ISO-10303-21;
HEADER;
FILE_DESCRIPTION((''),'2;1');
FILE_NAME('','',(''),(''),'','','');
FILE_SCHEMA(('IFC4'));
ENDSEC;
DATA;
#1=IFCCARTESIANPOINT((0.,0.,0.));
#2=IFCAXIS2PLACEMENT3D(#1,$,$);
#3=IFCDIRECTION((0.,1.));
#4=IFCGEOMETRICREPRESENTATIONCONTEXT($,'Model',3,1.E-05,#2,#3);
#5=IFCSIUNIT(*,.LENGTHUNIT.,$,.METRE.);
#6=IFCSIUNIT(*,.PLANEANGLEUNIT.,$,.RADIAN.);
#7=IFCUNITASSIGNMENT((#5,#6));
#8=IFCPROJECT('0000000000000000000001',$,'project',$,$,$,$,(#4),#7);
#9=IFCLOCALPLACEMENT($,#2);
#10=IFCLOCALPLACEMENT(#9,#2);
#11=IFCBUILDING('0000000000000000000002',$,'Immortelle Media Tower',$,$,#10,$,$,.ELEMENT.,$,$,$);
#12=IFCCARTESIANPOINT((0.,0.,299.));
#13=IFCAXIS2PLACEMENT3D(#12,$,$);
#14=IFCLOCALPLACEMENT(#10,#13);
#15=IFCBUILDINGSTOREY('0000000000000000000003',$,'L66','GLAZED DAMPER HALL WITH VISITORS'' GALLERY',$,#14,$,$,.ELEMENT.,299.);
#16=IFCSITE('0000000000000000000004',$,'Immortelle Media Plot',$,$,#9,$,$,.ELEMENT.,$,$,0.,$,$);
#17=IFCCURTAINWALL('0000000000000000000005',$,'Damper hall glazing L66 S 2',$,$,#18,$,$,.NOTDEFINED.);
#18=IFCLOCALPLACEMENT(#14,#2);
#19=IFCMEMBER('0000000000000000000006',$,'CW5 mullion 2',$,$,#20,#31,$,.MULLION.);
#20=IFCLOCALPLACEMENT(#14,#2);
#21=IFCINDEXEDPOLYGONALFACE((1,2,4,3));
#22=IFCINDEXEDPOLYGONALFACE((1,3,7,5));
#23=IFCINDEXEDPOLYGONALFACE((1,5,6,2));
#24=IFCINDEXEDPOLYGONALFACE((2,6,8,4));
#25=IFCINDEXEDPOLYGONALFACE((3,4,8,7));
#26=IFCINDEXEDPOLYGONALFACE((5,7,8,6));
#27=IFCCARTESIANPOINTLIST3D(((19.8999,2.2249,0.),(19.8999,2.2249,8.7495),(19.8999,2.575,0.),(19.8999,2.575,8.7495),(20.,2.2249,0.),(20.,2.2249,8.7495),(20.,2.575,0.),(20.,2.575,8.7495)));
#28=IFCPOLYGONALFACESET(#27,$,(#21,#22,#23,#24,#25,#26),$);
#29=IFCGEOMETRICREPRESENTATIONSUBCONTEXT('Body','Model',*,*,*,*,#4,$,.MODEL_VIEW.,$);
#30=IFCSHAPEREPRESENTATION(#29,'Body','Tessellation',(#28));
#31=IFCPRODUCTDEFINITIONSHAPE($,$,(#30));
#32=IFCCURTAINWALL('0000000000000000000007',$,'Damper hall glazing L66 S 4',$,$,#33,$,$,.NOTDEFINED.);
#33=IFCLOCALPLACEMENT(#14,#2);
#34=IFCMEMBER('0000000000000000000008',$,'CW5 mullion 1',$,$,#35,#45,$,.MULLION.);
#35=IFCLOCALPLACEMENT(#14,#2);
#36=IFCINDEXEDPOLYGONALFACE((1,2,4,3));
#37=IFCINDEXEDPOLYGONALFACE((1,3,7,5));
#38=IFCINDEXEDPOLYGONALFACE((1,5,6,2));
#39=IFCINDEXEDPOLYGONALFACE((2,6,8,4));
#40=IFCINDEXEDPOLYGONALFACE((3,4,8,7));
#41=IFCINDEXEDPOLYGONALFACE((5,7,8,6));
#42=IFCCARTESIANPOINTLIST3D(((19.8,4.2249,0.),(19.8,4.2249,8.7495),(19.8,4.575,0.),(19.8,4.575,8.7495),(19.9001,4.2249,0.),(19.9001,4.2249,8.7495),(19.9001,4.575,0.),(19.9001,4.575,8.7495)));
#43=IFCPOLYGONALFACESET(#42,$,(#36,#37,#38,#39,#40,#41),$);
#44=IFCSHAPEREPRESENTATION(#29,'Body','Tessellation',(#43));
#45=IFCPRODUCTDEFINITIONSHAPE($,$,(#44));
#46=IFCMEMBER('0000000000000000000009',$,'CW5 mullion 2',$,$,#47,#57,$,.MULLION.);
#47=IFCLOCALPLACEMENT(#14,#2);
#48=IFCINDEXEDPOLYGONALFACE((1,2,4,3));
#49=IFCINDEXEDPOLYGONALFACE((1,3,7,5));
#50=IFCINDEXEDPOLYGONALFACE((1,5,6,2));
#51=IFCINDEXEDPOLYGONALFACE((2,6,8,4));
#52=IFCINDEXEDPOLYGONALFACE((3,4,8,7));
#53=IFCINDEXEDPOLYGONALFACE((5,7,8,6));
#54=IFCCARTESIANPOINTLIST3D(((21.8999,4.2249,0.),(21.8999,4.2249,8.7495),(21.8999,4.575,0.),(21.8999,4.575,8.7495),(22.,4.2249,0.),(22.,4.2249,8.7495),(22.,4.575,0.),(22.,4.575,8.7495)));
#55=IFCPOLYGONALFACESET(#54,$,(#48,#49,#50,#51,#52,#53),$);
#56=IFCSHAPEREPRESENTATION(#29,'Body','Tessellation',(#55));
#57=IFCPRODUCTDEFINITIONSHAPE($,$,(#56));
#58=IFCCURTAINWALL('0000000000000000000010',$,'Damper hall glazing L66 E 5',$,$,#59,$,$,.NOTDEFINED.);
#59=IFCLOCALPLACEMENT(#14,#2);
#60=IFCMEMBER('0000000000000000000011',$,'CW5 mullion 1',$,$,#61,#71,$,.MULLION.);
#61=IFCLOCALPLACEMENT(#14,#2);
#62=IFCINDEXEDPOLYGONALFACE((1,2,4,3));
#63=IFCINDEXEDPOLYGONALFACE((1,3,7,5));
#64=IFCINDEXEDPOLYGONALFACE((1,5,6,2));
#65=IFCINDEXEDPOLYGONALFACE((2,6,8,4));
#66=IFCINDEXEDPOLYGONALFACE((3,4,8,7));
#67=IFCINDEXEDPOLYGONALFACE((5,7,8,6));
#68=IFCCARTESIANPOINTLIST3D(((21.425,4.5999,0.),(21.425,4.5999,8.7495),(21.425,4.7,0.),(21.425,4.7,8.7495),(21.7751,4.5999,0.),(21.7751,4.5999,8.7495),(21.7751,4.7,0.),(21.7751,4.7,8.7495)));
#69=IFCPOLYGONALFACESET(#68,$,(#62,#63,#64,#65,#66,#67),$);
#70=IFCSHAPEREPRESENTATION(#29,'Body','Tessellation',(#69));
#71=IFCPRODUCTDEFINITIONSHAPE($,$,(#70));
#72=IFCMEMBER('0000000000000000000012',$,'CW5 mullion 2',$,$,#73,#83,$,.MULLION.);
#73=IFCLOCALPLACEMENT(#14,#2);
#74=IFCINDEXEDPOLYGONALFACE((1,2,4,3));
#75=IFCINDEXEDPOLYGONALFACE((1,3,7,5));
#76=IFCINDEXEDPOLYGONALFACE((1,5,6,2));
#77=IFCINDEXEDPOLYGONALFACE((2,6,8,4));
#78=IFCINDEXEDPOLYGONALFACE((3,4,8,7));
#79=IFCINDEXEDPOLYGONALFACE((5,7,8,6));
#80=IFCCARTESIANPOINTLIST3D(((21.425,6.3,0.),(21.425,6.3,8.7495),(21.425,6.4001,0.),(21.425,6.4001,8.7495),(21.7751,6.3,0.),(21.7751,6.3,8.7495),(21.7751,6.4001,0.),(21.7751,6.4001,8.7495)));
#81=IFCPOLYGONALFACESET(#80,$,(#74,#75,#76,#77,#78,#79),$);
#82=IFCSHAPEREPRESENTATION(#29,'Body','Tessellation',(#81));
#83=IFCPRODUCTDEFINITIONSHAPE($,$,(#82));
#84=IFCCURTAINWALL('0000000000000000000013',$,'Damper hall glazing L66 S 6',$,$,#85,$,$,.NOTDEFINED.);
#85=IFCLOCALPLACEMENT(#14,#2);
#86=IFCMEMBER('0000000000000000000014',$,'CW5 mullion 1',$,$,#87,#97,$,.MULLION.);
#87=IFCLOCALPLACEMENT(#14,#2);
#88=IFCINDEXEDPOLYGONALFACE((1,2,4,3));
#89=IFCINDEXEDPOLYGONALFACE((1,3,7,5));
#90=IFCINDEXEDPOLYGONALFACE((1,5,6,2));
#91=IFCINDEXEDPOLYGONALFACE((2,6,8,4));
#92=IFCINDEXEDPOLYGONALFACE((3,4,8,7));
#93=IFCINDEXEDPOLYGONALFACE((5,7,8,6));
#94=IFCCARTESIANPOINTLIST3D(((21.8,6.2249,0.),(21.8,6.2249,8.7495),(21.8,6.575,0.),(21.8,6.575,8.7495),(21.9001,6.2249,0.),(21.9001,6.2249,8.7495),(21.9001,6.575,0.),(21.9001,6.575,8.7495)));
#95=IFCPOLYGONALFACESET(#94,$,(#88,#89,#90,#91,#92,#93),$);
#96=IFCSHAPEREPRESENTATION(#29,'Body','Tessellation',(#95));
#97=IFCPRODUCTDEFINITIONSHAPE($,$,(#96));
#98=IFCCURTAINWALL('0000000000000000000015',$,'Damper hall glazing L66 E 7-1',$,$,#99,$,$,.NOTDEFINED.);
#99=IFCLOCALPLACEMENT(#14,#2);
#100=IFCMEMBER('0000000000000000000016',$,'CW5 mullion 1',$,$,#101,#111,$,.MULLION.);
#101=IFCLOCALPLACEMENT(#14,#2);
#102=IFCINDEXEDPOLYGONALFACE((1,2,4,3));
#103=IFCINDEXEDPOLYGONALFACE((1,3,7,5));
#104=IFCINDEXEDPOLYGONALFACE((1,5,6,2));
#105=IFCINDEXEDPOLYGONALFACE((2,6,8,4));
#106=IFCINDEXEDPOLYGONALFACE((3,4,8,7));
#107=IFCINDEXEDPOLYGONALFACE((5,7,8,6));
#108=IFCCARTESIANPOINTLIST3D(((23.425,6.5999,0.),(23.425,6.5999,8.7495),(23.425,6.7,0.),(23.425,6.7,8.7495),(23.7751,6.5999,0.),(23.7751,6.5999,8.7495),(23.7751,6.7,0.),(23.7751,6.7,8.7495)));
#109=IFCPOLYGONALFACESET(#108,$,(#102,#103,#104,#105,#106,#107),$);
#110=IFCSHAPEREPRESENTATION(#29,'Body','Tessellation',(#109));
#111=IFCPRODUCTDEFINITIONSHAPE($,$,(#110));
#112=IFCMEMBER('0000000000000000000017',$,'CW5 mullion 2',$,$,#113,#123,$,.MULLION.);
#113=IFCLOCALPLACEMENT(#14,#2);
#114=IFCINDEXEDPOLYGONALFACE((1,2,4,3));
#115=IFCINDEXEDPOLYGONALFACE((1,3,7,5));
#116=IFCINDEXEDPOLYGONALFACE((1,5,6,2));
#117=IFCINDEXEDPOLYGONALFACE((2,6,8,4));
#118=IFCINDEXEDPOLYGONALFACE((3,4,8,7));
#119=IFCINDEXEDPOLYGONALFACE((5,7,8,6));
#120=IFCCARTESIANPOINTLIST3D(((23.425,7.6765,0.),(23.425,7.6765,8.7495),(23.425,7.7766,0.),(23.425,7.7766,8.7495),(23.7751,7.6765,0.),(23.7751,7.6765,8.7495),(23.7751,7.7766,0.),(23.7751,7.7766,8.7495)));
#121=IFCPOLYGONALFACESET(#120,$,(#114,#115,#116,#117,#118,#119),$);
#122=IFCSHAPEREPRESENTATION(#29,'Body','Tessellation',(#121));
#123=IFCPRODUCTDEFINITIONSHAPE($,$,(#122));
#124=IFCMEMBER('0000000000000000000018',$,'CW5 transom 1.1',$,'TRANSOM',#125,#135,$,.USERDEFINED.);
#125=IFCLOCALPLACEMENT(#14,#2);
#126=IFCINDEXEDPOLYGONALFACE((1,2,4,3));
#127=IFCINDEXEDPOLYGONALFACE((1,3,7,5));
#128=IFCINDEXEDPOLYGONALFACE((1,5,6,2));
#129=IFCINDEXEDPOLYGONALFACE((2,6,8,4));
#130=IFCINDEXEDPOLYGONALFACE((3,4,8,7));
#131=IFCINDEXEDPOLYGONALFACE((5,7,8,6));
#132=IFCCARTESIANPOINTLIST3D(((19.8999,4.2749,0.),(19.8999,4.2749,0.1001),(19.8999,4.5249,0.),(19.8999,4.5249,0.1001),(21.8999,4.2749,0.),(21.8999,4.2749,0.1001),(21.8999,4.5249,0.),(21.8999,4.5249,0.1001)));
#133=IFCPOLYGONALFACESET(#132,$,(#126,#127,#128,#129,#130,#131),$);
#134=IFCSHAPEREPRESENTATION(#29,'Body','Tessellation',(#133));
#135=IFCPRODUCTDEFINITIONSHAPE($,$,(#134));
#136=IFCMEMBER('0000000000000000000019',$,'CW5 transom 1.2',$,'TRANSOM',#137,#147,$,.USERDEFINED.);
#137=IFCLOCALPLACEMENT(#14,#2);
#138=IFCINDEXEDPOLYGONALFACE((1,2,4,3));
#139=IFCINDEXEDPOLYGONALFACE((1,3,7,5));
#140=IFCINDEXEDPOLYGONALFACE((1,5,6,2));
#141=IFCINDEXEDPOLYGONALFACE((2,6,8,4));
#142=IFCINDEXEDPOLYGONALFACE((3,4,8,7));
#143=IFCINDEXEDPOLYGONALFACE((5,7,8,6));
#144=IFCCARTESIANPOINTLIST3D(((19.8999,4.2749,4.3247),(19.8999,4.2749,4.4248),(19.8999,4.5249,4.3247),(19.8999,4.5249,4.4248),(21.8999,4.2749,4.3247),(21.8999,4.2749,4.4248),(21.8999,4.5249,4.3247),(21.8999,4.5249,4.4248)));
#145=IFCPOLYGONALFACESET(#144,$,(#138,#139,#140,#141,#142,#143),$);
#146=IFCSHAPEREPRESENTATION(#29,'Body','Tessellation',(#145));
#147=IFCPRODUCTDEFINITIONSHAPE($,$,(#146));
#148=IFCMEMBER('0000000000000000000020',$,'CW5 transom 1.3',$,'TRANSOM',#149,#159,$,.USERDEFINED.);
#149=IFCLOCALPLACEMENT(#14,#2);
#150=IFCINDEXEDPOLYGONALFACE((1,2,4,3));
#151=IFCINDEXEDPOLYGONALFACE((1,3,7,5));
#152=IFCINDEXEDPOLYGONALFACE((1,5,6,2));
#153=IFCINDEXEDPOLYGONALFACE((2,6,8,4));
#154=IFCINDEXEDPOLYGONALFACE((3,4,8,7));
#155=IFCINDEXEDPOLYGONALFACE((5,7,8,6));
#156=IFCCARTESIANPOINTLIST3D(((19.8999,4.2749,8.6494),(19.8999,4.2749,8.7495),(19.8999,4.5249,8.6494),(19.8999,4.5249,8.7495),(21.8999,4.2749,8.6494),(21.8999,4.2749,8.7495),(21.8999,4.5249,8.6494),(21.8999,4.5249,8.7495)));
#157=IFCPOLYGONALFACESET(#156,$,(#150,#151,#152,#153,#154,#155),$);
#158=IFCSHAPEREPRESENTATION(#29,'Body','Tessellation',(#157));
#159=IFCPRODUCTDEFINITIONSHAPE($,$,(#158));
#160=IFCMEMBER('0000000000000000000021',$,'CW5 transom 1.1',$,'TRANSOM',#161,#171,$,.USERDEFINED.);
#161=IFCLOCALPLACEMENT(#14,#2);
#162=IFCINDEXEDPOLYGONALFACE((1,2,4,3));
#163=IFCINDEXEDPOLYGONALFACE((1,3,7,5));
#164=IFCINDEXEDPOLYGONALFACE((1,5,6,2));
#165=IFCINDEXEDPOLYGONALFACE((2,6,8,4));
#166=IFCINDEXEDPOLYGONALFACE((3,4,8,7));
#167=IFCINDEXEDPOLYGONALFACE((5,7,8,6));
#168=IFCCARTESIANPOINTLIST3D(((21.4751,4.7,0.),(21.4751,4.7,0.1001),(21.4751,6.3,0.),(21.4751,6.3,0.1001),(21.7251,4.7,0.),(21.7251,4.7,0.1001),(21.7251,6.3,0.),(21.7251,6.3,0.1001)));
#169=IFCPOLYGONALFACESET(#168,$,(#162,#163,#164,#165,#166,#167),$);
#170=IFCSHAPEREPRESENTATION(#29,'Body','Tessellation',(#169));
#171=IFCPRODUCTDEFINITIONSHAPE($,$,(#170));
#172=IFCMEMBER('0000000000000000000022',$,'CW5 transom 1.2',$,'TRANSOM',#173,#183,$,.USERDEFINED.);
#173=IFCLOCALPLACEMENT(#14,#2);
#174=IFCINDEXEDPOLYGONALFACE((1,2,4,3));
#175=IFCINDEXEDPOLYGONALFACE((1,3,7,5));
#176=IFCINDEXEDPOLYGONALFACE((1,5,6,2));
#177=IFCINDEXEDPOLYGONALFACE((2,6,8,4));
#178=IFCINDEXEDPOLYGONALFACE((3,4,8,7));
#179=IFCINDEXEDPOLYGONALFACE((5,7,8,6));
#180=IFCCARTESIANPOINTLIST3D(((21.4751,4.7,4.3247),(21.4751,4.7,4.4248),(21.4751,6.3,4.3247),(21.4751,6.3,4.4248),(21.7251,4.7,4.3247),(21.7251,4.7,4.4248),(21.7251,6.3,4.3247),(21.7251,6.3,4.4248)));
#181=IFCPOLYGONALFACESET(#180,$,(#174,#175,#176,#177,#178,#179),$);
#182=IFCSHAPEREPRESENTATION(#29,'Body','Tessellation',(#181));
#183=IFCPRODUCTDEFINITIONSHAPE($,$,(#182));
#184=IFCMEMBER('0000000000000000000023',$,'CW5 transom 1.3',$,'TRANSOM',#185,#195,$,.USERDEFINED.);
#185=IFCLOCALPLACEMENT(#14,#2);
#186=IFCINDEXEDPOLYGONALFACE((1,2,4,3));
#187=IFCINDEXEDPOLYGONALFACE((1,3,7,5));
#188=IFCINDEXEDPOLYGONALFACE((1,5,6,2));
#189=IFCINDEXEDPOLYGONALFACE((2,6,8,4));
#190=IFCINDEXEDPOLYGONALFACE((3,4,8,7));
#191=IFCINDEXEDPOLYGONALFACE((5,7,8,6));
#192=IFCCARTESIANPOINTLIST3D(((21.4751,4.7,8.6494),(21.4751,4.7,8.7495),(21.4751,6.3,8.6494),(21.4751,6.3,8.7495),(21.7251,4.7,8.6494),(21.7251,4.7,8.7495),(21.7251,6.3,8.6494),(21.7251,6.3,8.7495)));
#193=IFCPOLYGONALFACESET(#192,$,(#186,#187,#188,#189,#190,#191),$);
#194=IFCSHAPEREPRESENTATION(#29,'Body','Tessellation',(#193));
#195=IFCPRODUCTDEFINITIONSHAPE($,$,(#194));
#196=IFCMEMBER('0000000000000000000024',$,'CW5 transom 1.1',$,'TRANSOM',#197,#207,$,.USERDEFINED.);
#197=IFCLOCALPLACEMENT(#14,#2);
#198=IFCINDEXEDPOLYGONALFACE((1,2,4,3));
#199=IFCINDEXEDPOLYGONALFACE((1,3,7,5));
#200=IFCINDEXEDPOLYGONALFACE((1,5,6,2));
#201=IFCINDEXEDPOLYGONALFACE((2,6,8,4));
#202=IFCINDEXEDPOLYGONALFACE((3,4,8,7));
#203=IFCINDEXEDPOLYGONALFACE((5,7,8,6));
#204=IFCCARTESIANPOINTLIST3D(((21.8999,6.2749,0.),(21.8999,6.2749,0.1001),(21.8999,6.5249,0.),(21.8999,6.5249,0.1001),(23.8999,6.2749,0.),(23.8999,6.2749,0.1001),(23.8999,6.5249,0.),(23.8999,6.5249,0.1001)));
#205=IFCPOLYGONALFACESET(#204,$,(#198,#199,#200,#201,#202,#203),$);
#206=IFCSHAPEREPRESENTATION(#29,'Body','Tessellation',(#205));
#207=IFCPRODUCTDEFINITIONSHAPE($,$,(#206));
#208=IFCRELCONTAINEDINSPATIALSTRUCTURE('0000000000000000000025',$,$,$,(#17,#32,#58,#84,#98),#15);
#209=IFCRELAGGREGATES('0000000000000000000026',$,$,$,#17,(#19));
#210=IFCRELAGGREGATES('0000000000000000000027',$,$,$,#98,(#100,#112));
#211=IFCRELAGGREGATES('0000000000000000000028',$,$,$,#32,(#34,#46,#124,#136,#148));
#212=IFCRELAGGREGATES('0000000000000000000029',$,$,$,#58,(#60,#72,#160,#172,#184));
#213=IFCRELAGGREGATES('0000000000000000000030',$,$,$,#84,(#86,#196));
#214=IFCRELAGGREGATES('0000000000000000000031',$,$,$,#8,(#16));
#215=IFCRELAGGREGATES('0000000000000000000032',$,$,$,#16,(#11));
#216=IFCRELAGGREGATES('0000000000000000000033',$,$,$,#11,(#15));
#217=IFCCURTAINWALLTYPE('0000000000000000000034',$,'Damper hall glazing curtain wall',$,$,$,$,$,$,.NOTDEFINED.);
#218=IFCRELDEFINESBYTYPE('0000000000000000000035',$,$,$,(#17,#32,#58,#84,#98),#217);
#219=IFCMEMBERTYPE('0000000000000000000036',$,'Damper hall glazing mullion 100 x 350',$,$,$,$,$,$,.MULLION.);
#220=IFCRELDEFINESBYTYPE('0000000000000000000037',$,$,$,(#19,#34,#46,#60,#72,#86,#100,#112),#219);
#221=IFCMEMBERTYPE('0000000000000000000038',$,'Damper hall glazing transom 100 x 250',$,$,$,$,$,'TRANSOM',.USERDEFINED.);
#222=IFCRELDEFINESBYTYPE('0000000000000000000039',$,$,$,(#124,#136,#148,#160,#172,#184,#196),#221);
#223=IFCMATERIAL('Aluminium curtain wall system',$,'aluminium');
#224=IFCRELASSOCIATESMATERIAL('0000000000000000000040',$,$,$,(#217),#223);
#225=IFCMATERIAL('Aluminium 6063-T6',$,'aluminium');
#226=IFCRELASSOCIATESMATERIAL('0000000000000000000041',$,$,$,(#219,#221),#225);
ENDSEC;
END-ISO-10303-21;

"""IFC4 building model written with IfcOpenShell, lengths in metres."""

from ifc_helpers import new_model, si_unit, direction, frame, origin, origin_2d, place, context, subcontext, project, spatial, rectangle, extrude, material, material_profile, profile_set, type_object, element, aggregate, save


model = new_model("IFC4")

# Units and contexts
model_context = context("Model", 3, precision=1e-05, world=origin(), true_north=direction((0.0, 1.0)))
body_context = subcontext(model_context, "Body", "Model", "MODEL_VIEW")
ifc_project = project(units=[si_unit("LENGTHUNIT", "METRE"), si_unit("PLANEANGLEUNIT", "RADIAN")], contexts=[model_context])

# Site, building, storey
site_placement = place(None, origin())
site = spatial("IfcSite", under=ifc_project, at=site_placement, Name="Immortelle Media Plot", CompositionType="ELEMENT", RefElevation=0.0)
building_placement = place(site_placement, origin())
building = spatial("IfcBuilding", under=site, at=building_placement, Name="Immortelle Media Tower", CompositionType="ELEMENT")
storey_placement = place(building_placement, frame((0.0, 0.0, 299.0)))
storey = spatial("IfcBuildingStorey", under=building, at=storey_placement, Name="L66", Description="GLAZED DAMPER HALL WITH VISITORS' GALLERY", CompositionType="ELEMENT", Elevation=299.0)

# Curtain wall, member
ifc_material_1 = material(Name="Aluminium curtain wall system", Category="aluminium")
curtain_wall_type = type_object("IfcCurtainWallType", Name="Damper hall glazing curtain wall", PredefinedType="NOTDEFINED", material=ifc_material_1)
curtain_wall_1_placement = place(storey_placement, origin())
curtain_wall_1 = element("IfcCurtainWall", 1, at=curtain_wall_1_placement, inside=storey, type_object=curtain_wall_type, Name="Damper hall glazing L66 S 2", PredefinedType="NOTDEFINED")
ifc_material_2 = material(Name="Aluminium 6063-T6", Category="aluminium")
ifc_material_profile_1 = material_profile(ifc_material_2, rectangle(XDim=0.3501, YDim=0.1001, at=origin_2d()), Name="AL 100x350")
ifc_profile_set_1 = profile_set([ifc_material_profile_1], Name="Aluminium 6063-T6")
member_type_1 = type_object("IfcMemberType", Name="Damper hall glazing mullion 100 x 350", PredefinedType="MULLION", material=ifc_profile_set_1)
member_1_placement = place(storey_placement, frame((19.95, 2.3999, 0.0), z_axis=(0.0, 0.0, 1.0), x_axis=(0.0, 1.0, 0.0)))
member_1 = element("IfcMember", 2, at=member_1_placement, type_object=member_type_1, Name="CW5 mullion 2", PredefinedType="MULLION", context=body_context, shape_type="SweptSolid", body=[
    extrude(rectangle(XDim=0.3501, YDim=0.1001, at=origin_2d()), origin(), (0.0, 0.0, 1.0), 8.7495),
])
aggregate(curtain_wall_1, [member_1])

# Curtain walls, members
curtain_wall_2_placement = place(storey_placement, origin())
curtain_wall_2 = element("IfcCurtainWall", 3, at=curtain_wall_2_placement, inside=storey, type_object=curtain_wall_type, Name="Damper hall glazing L66 S 4", PredefinedType="NOTDEFINED")
member_2_placement = place(storey_placement, frame((19.8501, 4.3999, 0.0), z_axis=(0.0, 0.0, 1.0), x_axis=(0.0, 1.0, 0.0)))
member_2 = element("IfcMember", 4, at=member_2_placement, type_object=member_type_1, Name="CW5 mullion 1", PredefinedType="MULLION", context=body_context, shape_type="SweptSolid", body=[
    extrude(rectangle(XDim=0.3501, YDim=0.1001, at=origin_2d()), origin(), (0.0, 0.0, 1.0), 8.7495),
])
member_3_placement = place(storey_placement, frame((21.95, 4.3999, 0.0), z_axis=(0.0, 0.0, 1.0), x_axis=(0.0, 1.0, 0.0)))
member_3 = element("IfcMember", 5, at=member_3_placement, type_object=member_type_1, Name="CW5 mullion 2", PredefinedType="MULLION", context=body_context, shape_type="SweptSolid", body=[
    extrude(rectangle(XDim=0.3501, YDim=0.1001, at=origin_2d()), origin(), (0.0, 0.0, 1.0), 8.7495),
])
curtain_wall_3_placement = place(storey_placement, origin())
curtain_wall_3 = element("IfcCurtainWall", 6, at=curtain_wall_3_placement, inside=storey, type_object=curtain_wall_type, Name="Damper hall glazing L66 E 5", PredefinedType="NOTDEFINED")
member_4_placement = place(storey_placement, frame((21.6001, 4.6499, 0.0), z_axis=(0.0, 0.0, 1.0), x_axis=(-1.0, 0.0, 0.0)))
member_4 = element("IfcMember", 7, at=member_4_placement, type_object=member_type_1, Name="CW5 mullion 1", PredefinedType="MULLION", context=body_context, shape_type="SweptSolid", body=[
    extrude(rectangle(XDim=0.3501, YDim=0.1001, at=origin_2d()), origin(), (0.0, 0.0, 1.0), 8.7495),
])
member_5_placement = place(storey_placement, frame((21.6001, 6.3501, 0.0), z_axis=(0.0, 0.0, 1.0), x_axis=(-1.0, 0.0, 0.0)))
member_5 = element("IfcMember", 8, at=member_5_placement, type_object=member_type_1, Name="CW5 mullion 2", PredefinedType="MULLION", context=body_context, shape_type="SweptSolid", body=[
    extrude(rectangle(XDim=0.3501, YDim=0.1001, at=origin_2d()), origin(), (0.0, 0.0, 1.0), 8.7495),
])

# Curtain wall, member
curtain_wall_4_placement = place(storey_placement, origin())
curtain_wall_4 = element("IfcCurtainWall", 9, at=curtain_wall_4_placement, inside=storey, type_object=curtain_wall_type, Name="Damper hall glazing L66 S 6", PredefinedType="NOTDEFINED")
member_6_placement = place(storey_placement, frame((21.8501, 6.3999, 0.0), z_axis=(0.0, 0.0, 1.0), x_axis=(0.0, 1.0, 0.0)))
member_6 = element("IfcMember", 10, at=member_6_placement, type_object=member_type_1, Name="CW5 mullion 1", PredefinedType="MULLION", context=body_context, shape_type="SweptSolid", body=[
    extrude(rectangle(XDim=0.3501, YDim=0.1001, at=origin_2d()), origin(), (0.0, 0.0, 1.0), 8.7495),
])

# Curtain wall, members
curtain_wall_5_placement = place(storey_placement, origin())
curtain_wall_5 = element("IfcCurtainWall", 11, at=curtain_wall_5_placement, inside=storey, type_object=curtain_wall_type, Name="Damper hall glazing L66 E 7-1", PredefinedType="NOTDEFINED")
member_7_placement = place(storey_placement, frame((23.6001, 6.6499, 0.0), z_axis=(0.0, 0.0, 1.0), x_axis=(-1.0, 0.0, 0.0)))
member_7 = element("IfcMember", 12, at=member_7_placement, type_object=member_type_1, Name="CW5 mullion 1", PredefinedType="MULLION", context=body_context, shape_type="SweptSolid", body=[
    extrude(rectangle(XDim=0.3501, YDim=0.1001, at=origin_2d()), origin(), (0.0, 0.0, 1.0), 8.7495),
])
member_8_placement = place(storey_placement, frame((23.6001, 7.7266, 0.0), z_axis=(0.0, 0.0, 1.0), x_axis=(-1.0, 0.0, 0.0)))
member_8 = element("IfcMember", 13, at=member_8_placement, type_object=member_type_1, Name="CW5 mullion 2", PredefinedType="MULLION", context=body_context, shape_type="SweptSolid", body=[
    extrude(rectangle(XDim=0.3501, YDim=0.1001, at=origin_2d()), origin(), (0.0, 0.0, 1.0), 8.7495),
])

# Members
ifc_material_profile_2 = material_profile(ifc_material_2, rectangle(XDim=0.25, YDim=0.1001, at=origin_2d()), Name="AL 100x250")
ifc_profile_set_2 = profile_set([ifc_material_profile_2], Name="Aluminium 6063-T6")
member_type_2 = type_object("IfcMemberType", Name="Damper hall glazing transom 100 x 250", ElementType="TRANSOM", PredefinedType="USERDEFINED", material=ifc_profile_set_2)
member_9_placement = place(storey_placement, frame((19.8999, 4.3999, 0.05), z_axis=(1.0, 0.0, 0.0), x_axis=(0.0, 1.0, 0.0)))
member_9 = element("IfcMember", 14, at=member_9_placement, type_object=member_type_2, Name="CW5 transom 1.1", ObjectType="TRANSOM", PredefinedType="USERDEFINED", context=body_context, shape_type="SweptSolid", body=[
    extrude(rectangle(XDim=0.25, YDim=0.1001, at=origin_2d()), origin(), (0.0, 0.0, 1.0), 2.0),
])
member_10_placement = place(storey_placement, frame((19.8999, 4.3999, 4.3748), z_axis=(1.0, 0.0, 0.0), x_axis=(0.0, 1.0, 0.0)))
member_10 = element("IfcMember", 15, at=member_10_placement, type_object=member_type_2, Name="CW5 transom 1.2", ObjectType="TRANSOM", PredefinedType="USERDEFINED", context=body_context, shape_type="SweptSolid", body=[
    extrude(rectangle(XDim=0.25, YDim=0.1001, at=origin_2d()), origin(), (0.0, 0.0, 1.0), 2.0),
])
member_11_placement = place(storey_placement, frame((19.8999, 4.3999, 8.6995), z_axis=(1.0, 0.0, 0.0), x_axis=(0.0, 1.0, 0.0)))
member_11 = element("IfcMember", 16, at=member_11_placement, type_object=member_type_2, Name="CW5 transom 1.3", ObjectType="TRANSOM", PredefinedType="USERDEFINED", context=body_context, shape_type="SweptSolid", body=[
    extrude(rectangle(XDim=0.25, YDim=0.1001, at=origin_2d()), origin(), (0.0, 0.0, 1.0), 2.0),
])
member_12_placement = place(storey_placement, frame((21.6001, 4.7, 0.05), z_axis=(0.0, 1.0, 0.0), x_axis=(-1.0, 0.0, 0.0)))
member_12 = element("IfcMember", 17, at=member_12_placement, type_object=member_type_2, Name="CW5 transom 1.1", ObjectType="TRANSOM", PredefinedType="USERDEFINED", context=body_context, shape_type="SweptSolid", body=[
    extrude(rectangle(XDim=0.25, YDim=0.1001, at=origin_2d()), origin(), (0.0, 0.0, 1.0), 1.6001),
])
member_13_placement = place(storey_placement, frame((21.6001, 4.7, 4.3748), z_axis=(0.0, 1.0, 0.0), x_axis=(-1.0, 0.0, 0.0)))
member_13 = element("IfcMember", 18, at=member_13_placement, type_object=member_type_2, Name="CW5 transom 1.2", ObjectType="TRANSOM", PredefinedType="USERDEFINED", context=body_context, shape_type="SweptSolid", body=[
    extrude(rectangle(XDim=0.25, YDim=0.1001, at=origin_2d()), origin(), (0.0, 0.0, 1.0), 1.6001),
])
member_14_placement = place(storey_placement, frame((21.6001, 4.7, 8.6995), z_axis=(0.0, 1.0, 0.0), x_axis=(-1.0, 0.0, 0.0)))
member_14 = element("IfcMember", 19, at=member_14_placement, type_object=member_type_2, Name="CW5 transom 1.3", ObjectType="TRANSOM", PredefinedType="USERDEFINED", context=body_context, shape_type="SweptSolid", body=[
    extrude(rectangle(XDim=0.25, YDim=0.1001, at=origin_2d()), origin(), (0.0, 0.0, 1.0), 1.6001),
])
member_15_placement = place(storey_placement, frame((21.8999, 6.3999, 0.05), z_axis=(1.0, 0.0, 0.0), x_axis=(0.0, 1.0, 0.0)))
member_15 = element("IfcMember", 20, at=member_15_placement, type_object=member_type_2, Name="CW5 transom 1.1", ObjectType="TRANSOM", PredefinedType="USERDEFINED", context=body_context, shape_type="SweptSolid", body=[
    extrude(rectangle(XDim=0.25, YDim=0.1001, at=origin_2d()), origin(), (0.0, 0.0, 1.0), 2.0),
])
aggregate(curtain_wall_5, [member_7, member_8])

aggregate(curtain_wall_2, [member_2, member_3, member_9, member_10, member_11])
aggregate(curtain_wall_3, [member_4, member_5, member_12, member_13, member_14])
aggregate(curtain_wall_4, [member_6, member_15])

save(model, "model.ifc")
